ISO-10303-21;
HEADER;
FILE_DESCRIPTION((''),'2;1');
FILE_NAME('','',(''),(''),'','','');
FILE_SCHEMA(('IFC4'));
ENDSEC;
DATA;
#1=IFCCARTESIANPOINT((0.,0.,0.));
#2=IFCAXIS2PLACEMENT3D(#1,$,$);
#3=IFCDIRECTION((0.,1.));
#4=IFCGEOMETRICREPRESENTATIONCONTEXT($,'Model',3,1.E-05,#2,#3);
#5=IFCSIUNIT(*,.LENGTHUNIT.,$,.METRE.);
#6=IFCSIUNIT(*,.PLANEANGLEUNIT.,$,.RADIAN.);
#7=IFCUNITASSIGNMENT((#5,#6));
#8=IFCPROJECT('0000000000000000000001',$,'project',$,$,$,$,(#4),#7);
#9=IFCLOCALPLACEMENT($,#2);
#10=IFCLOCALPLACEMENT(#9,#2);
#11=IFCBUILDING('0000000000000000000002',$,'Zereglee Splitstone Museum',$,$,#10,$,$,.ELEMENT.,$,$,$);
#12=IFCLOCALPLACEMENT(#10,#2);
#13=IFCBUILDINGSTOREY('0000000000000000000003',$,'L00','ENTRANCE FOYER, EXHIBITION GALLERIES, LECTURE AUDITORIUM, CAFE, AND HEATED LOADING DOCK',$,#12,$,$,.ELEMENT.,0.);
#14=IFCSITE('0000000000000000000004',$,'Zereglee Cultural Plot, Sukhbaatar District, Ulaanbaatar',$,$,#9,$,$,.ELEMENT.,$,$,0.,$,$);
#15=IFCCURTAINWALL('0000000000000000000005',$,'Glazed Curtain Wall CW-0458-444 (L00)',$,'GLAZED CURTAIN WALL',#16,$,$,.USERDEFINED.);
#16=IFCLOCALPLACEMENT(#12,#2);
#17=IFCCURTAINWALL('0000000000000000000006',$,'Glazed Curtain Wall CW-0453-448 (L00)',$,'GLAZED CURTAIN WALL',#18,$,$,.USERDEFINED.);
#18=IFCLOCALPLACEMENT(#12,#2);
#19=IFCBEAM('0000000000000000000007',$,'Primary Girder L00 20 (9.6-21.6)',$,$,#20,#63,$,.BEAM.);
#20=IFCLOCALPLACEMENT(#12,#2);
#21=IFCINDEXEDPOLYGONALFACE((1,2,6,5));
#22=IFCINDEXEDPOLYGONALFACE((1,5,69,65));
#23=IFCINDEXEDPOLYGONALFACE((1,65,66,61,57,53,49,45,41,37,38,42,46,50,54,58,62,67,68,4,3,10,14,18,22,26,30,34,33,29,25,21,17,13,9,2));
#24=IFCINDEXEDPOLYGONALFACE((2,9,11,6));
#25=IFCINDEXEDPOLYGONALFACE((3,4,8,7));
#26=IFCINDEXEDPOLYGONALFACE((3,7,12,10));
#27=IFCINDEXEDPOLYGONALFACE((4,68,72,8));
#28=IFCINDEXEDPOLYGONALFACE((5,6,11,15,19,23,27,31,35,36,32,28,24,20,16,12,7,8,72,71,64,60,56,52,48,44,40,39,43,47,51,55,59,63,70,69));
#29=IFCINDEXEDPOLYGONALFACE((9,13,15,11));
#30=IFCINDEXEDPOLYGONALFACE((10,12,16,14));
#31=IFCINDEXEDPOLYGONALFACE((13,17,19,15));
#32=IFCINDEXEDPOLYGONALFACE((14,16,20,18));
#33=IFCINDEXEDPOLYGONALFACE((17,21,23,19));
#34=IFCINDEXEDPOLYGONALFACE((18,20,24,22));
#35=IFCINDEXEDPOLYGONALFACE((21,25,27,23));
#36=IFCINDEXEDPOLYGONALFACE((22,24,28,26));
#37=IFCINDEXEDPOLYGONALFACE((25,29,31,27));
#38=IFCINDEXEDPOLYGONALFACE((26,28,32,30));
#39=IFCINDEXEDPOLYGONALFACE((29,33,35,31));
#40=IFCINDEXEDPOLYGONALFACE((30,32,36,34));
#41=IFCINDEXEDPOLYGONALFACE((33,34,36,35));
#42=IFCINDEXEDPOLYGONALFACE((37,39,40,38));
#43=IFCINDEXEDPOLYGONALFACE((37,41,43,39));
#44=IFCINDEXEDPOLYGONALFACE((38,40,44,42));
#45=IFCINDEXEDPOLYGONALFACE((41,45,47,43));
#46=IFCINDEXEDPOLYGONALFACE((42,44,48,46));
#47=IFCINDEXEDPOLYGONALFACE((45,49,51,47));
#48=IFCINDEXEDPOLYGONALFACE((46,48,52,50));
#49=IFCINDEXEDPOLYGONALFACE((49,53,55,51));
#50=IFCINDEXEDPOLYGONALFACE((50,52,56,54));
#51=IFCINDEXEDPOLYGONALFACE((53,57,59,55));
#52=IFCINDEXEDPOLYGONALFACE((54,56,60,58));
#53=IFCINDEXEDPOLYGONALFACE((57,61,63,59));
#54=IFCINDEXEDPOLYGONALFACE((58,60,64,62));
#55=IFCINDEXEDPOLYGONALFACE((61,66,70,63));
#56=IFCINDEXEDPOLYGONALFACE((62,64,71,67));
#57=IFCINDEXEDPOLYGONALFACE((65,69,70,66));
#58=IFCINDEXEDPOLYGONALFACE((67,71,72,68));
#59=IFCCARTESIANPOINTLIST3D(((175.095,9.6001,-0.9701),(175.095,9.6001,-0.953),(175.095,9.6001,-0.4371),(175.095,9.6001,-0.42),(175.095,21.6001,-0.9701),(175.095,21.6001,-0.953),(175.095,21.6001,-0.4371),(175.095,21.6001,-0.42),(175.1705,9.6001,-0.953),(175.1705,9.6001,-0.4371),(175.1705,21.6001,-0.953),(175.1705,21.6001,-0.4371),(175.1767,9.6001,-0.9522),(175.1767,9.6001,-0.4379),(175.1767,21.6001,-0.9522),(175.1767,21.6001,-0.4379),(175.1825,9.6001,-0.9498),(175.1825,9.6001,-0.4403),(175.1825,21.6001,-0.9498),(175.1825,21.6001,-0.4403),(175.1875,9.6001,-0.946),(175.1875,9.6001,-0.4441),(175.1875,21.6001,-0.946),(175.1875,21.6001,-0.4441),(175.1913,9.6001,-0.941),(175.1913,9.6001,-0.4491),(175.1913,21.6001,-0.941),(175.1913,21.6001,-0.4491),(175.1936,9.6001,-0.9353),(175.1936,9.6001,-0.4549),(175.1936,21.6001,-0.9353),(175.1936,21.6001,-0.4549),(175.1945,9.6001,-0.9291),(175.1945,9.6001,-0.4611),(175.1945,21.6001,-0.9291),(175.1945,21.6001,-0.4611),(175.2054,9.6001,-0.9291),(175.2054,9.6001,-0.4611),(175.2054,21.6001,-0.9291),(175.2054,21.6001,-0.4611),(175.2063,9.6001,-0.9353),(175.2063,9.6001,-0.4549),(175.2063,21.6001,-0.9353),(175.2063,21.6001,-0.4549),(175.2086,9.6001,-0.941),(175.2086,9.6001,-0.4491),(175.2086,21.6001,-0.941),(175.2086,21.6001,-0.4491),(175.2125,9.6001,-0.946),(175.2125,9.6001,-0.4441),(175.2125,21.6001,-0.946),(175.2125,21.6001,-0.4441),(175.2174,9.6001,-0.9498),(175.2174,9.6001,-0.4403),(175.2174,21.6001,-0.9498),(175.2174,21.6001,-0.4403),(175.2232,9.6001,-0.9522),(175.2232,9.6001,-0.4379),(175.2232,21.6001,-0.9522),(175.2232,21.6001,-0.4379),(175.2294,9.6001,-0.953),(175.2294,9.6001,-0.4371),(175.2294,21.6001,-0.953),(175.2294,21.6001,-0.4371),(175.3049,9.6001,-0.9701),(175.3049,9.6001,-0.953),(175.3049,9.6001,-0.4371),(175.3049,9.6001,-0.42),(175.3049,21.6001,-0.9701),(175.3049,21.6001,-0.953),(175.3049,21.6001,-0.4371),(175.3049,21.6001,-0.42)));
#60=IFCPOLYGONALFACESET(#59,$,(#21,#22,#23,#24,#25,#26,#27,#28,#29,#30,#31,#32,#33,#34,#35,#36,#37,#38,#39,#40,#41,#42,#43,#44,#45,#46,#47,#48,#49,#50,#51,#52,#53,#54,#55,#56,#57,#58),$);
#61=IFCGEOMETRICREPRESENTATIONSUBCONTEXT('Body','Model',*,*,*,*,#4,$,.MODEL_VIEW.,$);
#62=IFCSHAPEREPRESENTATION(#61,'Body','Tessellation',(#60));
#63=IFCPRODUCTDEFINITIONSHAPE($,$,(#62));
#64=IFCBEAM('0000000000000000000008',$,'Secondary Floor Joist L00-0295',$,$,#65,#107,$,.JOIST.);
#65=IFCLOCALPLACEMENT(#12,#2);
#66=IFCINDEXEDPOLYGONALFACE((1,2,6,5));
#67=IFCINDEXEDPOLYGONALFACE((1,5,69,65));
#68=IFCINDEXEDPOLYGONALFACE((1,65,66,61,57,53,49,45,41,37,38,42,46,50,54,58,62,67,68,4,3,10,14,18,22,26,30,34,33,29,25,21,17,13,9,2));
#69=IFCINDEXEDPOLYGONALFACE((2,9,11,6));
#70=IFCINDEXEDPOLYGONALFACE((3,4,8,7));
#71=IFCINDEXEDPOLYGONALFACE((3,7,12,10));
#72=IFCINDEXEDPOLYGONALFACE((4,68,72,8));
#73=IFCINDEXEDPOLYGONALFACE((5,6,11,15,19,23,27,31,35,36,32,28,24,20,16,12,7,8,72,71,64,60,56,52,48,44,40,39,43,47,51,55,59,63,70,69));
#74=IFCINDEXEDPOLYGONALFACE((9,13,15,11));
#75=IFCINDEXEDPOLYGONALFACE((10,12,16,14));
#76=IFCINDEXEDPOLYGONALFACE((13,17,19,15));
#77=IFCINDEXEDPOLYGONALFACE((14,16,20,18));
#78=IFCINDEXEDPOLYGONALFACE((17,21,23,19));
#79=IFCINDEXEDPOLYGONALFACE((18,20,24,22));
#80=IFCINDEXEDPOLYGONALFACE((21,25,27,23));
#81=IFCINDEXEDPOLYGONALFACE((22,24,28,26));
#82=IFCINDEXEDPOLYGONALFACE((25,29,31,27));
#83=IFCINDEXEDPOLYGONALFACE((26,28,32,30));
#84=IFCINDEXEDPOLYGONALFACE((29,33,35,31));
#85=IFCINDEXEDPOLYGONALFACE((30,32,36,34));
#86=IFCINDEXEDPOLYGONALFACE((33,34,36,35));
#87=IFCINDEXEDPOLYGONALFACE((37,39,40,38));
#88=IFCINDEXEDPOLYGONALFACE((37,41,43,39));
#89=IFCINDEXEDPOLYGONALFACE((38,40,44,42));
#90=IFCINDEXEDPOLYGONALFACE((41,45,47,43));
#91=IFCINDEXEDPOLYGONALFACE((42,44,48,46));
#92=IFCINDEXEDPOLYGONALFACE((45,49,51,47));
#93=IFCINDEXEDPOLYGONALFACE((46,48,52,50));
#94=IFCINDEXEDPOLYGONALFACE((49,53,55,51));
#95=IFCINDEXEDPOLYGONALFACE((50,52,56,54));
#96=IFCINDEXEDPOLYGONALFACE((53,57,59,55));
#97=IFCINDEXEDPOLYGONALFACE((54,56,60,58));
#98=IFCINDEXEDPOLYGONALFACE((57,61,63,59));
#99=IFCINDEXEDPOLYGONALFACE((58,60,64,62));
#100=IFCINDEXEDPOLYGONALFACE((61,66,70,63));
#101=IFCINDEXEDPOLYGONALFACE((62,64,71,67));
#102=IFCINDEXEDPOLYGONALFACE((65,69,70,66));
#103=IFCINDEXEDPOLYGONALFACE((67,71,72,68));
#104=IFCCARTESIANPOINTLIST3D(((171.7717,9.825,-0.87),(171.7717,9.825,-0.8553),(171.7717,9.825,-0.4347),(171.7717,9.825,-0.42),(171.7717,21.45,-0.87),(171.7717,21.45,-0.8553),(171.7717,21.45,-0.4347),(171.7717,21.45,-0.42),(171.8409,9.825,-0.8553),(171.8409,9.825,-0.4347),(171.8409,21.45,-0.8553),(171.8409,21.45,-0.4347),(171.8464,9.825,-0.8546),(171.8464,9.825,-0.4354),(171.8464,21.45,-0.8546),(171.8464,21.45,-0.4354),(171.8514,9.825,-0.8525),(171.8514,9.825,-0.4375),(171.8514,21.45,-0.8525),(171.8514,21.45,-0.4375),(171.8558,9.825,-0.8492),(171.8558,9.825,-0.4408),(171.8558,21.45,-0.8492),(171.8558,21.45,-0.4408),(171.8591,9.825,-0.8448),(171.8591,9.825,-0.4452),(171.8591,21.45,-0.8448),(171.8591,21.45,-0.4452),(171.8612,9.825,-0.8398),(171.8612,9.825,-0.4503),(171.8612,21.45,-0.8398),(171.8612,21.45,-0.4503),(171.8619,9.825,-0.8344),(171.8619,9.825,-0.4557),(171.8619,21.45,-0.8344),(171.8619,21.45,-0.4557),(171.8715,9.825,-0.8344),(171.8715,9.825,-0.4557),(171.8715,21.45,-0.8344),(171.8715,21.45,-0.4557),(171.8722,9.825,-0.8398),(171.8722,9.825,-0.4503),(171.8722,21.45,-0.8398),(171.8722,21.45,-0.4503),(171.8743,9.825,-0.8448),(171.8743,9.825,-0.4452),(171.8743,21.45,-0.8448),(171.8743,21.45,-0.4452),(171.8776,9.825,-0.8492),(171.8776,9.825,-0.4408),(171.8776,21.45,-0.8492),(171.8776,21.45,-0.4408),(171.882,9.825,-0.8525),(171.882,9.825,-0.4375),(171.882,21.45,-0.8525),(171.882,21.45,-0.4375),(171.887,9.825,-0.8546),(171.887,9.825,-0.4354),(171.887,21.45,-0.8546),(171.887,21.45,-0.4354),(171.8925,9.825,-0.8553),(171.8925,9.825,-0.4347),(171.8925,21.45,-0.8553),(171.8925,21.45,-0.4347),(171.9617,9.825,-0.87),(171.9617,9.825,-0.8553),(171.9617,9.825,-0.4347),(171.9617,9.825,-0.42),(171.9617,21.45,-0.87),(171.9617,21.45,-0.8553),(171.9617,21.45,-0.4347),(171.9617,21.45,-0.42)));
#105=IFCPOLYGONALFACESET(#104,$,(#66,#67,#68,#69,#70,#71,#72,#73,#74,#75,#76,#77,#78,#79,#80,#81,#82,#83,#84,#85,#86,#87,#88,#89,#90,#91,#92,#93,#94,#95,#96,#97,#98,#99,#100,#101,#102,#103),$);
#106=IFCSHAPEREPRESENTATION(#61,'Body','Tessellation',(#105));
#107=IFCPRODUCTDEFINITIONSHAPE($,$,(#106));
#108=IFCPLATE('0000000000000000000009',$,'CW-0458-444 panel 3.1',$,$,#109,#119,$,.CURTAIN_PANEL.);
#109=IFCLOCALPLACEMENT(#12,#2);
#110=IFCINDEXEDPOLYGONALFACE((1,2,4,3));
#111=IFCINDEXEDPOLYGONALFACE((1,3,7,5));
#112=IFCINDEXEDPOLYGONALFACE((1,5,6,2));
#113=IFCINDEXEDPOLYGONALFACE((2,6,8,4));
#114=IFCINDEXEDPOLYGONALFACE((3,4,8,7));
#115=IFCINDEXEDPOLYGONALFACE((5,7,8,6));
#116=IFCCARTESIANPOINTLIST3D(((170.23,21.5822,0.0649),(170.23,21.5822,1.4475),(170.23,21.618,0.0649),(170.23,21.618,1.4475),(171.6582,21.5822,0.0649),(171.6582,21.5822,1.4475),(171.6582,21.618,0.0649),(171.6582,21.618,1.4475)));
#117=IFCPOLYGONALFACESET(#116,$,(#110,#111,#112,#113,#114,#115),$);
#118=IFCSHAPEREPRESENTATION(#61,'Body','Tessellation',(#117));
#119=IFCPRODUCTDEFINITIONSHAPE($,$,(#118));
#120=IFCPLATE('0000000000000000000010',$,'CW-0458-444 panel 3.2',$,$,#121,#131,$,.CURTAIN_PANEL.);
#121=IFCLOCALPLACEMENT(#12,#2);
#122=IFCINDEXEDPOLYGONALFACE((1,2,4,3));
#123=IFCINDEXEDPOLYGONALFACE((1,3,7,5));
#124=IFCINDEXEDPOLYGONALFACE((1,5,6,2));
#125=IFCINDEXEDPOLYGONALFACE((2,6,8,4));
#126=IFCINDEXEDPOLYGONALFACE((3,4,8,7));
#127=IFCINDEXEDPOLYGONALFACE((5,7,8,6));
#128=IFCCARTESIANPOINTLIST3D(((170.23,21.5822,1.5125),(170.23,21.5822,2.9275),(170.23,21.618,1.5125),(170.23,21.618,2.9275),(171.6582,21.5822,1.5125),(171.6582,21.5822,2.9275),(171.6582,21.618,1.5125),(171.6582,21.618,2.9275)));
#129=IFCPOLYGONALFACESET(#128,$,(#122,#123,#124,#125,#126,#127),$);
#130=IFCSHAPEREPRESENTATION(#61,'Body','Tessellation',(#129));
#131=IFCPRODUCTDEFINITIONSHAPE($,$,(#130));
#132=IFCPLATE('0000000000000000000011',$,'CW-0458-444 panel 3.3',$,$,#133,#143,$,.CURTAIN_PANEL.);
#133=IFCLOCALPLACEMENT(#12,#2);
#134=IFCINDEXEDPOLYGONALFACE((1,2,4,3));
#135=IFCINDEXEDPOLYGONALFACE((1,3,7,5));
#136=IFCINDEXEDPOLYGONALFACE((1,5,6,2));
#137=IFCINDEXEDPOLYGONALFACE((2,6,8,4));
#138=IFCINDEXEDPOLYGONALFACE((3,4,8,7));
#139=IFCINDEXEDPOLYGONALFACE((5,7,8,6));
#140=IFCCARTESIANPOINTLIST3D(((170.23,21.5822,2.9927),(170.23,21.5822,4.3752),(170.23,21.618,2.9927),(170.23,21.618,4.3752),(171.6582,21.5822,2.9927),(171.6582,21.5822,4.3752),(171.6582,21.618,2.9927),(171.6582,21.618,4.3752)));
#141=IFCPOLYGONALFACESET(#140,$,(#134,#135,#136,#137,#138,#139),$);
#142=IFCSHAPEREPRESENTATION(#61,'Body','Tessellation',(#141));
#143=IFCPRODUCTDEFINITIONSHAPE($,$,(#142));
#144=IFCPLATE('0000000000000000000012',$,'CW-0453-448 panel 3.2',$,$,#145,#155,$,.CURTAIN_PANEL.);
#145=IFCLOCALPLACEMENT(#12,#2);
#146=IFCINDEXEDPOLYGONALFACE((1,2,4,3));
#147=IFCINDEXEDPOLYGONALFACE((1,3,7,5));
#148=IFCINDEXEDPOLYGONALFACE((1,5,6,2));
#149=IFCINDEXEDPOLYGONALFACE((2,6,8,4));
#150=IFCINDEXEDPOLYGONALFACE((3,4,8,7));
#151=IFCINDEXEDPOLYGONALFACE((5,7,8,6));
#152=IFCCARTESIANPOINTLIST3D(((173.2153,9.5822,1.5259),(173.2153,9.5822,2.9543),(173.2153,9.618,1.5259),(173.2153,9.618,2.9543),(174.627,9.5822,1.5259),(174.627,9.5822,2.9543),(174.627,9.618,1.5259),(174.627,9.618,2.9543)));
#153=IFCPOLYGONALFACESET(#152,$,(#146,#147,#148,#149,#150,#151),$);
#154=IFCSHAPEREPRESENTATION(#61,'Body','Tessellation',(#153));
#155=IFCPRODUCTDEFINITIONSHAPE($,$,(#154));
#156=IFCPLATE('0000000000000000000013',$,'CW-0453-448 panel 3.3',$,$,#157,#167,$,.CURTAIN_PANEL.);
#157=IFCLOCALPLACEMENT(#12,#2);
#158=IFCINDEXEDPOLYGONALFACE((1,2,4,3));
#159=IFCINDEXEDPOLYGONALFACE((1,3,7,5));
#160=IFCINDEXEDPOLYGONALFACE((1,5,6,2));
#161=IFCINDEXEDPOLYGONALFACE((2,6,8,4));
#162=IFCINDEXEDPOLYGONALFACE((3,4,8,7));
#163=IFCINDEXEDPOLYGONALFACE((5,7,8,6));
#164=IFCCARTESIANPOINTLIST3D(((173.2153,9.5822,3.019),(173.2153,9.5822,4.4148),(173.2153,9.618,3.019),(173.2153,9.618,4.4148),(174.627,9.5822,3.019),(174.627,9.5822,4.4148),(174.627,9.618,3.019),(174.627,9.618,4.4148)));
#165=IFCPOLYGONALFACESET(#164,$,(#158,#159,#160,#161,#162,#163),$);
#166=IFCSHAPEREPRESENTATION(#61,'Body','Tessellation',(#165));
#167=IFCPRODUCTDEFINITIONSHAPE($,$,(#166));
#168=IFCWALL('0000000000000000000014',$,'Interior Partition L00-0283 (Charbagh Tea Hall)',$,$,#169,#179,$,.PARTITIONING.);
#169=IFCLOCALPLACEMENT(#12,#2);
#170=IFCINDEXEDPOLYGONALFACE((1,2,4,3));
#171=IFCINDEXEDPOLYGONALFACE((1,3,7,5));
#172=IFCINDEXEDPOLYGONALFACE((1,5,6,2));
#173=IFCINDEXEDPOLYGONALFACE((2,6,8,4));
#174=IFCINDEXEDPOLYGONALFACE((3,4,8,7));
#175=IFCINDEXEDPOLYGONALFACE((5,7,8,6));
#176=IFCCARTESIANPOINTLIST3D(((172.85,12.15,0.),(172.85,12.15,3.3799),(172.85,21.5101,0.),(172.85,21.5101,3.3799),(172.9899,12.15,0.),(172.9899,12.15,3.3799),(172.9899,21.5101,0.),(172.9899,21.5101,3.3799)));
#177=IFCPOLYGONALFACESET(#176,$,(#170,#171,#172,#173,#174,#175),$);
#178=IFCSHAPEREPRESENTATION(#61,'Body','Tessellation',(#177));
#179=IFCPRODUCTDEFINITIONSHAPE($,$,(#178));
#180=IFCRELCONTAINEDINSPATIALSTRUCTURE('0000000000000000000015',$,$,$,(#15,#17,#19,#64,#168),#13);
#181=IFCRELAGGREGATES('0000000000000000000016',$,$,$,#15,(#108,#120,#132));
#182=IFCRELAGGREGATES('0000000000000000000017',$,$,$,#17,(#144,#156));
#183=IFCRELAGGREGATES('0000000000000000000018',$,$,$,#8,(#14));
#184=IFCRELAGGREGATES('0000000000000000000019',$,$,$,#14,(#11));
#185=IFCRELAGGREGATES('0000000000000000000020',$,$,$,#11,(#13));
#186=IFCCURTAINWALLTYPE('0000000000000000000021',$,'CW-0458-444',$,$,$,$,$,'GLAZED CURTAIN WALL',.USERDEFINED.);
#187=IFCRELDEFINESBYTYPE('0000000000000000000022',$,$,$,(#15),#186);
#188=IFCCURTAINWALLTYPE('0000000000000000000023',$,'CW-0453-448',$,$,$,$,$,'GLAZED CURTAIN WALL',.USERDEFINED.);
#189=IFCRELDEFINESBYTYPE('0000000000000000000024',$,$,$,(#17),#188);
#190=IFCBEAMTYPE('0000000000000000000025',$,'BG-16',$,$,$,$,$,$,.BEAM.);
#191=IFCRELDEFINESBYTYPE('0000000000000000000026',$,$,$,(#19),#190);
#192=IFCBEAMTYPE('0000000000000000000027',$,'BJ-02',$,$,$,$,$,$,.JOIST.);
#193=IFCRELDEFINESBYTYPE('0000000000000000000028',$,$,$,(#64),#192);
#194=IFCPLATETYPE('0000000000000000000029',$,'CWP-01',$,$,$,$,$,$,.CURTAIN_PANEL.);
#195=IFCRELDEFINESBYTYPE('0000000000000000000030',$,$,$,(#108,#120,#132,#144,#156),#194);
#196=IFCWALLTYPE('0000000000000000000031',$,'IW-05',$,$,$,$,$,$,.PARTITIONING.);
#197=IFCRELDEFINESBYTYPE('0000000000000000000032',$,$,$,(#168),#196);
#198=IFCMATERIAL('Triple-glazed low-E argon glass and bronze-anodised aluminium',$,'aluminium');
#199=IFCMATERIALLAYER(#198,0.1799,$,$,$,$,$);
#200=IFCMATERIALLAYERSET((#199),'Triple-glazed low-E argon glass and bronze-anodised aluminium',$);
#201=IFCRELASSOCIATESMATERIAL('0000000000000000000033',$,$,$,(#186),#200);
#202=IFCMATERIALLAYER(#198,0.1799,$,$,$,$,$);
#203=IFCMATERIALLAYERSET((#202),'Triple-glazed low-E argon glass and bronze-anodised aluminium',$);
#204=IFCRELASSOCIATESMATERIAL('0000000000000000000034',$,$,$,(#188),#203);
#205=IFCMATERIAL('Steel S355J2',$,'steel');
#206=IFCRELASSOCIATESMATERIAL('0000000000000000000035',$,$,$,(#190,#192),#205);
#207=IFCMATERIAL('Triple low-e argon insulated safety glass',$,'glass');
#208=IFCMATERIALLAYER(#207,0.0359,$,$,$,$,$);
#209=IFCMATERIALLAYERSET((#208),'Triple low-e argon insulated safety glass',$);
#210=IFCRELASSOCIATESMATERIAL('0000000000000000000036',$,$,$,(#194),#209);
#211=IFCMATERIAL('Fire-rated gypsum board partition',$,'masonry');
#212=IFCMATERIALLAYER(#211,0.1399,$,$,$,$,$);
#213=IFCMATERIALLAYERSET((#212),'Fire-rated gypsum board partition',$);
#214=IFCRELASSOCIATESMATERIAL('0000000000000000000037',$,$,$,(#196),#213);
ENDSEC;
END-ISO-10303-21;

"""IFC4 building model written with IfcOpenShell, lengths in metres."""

from ifc_helpers import new_model, si_unit, direction, frame, frame_2d, origin, origin_2d, place, context, subcontext, project, spatial, rectangle, i_section, extrude, material, layer, layer_set, material_profile, profile_set, type_object, element, aggregate, save


model = new_model("IFC4")

# Units and contexts
model_context = context("Model", 3, precision=1e-05, world=origin(), true_north=direction((0.0, 1.0)))
body_context = subcontext(model_context, "Body", "Model", "MODEL_VIEW")
ifc_project = project(units=[si_unit("LENGTHUNIT", "METRE"), si_unit("PLANEANGLEUNIT", "RADIAN")], contexts=[model_context])

# Site, building, storey
site_placement = place(None, origin())
site = spatial("IfcSite", under=ifc_project, at=site_placement, Name="Zereglee Cultural Plot, Sukhbaatar District, Ulaanbaatar", CompositionType="ELEMENT", RefElevation=0.0)
building_placement = place(site_placement, origin())
building = spatial("IfcBuilding", under=site, at=building_placement, Name="Zereglee Splitstone Museum", CompositionType="ELEMENT")
storey_placement = place(building_placement, origin())
storey = spatial("IfcBuildingStorey", under=building, at=storey_placement, Name="L00", Description="ENTRANCE FOYER, EXHIBITION GALLERIES, LECTURE AUDITORIUM, CAFE, AND HEATED LOADING DOCK", CompositionType="ELEMENT", Elevation=0.0)

# Curtain walls
ifc_material_1 = material(Name="Triple-glazed low-E argon glass and bronze-anodised aluminium", Category="aluminium")
ifc_layer_1 = layer(ifc_material_1, 0.1799)
ifc_layer_set_1 = layer_set([ifc_layer_1], Name="Triple-glazed low-E argon glass and bronze-anodised aluminium")
curtain_wall_type_1 = type_object("IfcCurtainWallType", Name="CW-0458-444", ElementType="GLAZED CURTAIN WALL", PredefinedType="USERDEFINED", material=ifc_layer_set_1)
curtain_wall_1_placement = place(storey_placement, origin())
curtain_wall_1 = element("IfcCurtainWall", 1, at=curtain_wall_1_placement, inside=storey, type_object=curtain_wall_type_1, Name="Glazed Curtain Wall CW-0458-444 (L00)", ObjectType="GLAZED CURTAIN WALL", PredefinedType="USERDEFINED")
ifc_layer_2 = layer(ifc_material_1, 0.1799)
ifc_layer_set_2 = layer_set([ifc_layer_2], Name="Triple-glazed low-E argon glass and bronze-anodised aluminium")
curtain_wall_type_2 = type_object("IfcCurtainWallType", Name="CW-0453-448", ElementType="GLAZED CURTAIN WALL", PredefinedType="USERDEFINED", material=ifc_layer_set_2)
curtain_wall_2_placement = place(storey_placement, origin())
curtain_wall_2 = element("IfcCurtainWall", 2, at=curtain_wall_2_placement, inside=storey, type_object=curtain_wall_type_2, Name="Glazed Curtain Wall CW-0453-448 (L00)", ObjectType="GLAZED CURTAIN WALL", PredefinedType="USERDEFINED")

# Beams
ifc_material_2 = material(Name="Steel S355J2", Category="steel")
ifc_material_profile_1 = material_profile(ifc_material_2, i_section(OverallWidth=0.21, OverallDepth=0.55, WebThickness=0.011, FlangeThickness=0.0171, FilletRadius=0.0239, at=origin_2d()), Name="IPE 550")
ifc_profile_set_1 = profile_set([ifc_material_profile_1], Name="Steel S355J2")
beam_type_1 = type_object("IfcBeamType", Name="BG-16", PredefinedType="BEAM", material=ifc_profile_set_1)
beam_1_placement = place(storey_placement, frame((175.2, 9.6001, -0.6951), z_axis=(0.0, 1.0, 0.0), x_axis=(-1.0, 0.0, 0.0)))
element("IfcBeam", 3, at=beam_1_placement, inside=storey, type_object=beam_type_1, Name="Primary Girder L00 20 (9.6-21.6)", PredefinedType="BEAM", context=body_context, shape_type="SweptSolid", body=[
    extrude(i_section(OverallWidth=0.21, OverallDepth=0.55, WebThickness=0.011, FlangeThickness=0.0171, FilletRadius=0.0239, at=origin_2d()), origin(), (0.0, 0.0, 1.0), 12.0),
])
ifc_material_profile_2 = material_profile(ifc_material_2, i_section(OverallWidth=0.1899, OverallDepth=0.45, WebThickness=0.0095, FlangeThickness=0.0146, FilletRadius=0.021, at=origin_2d()), Name="IPE 450")
ifc_profile_set_2 = profile_set([ifc_material_profile_2], Name="Steel S355J2")
beam_type_2 = type_object("IfcBeamType", Name="BJ-02", PredefinedType="JOIST", material=ifc_profile_set_2)
beam_2_placement = place(storey_placement, frame((171.8667, 9.825, -0.645), z_axis=(0.0, 1.0, 0.0), x_axis=(-1.0, 0.0, 0.0)))
element("IfcBeam", 4, at=beam_2_placement, inside=storey, type_object=beam_type_2, Name="Secondary Floor Joist L00-0295", PredefinedType="JOIST", context=body_context, shape_type="SweptSolid", body=[
    extrude(i_section(OverallWidth=0.1899, OverallDepth=0.45, WebThickness=0.0095, FlangeThickness=0.0146, FilletRadius=0.021, at=origin_2d()), origin(), (0.0, 0.0, 1.0), 11.625),
])

# Plates
ifc_material_3 = material(Name="Triple low-e argon insulated safety glass", Category="glass")
ifc_layer_3 = layer(ifc_material_3, 0.0359)
ifc_layer_set_3 = layer_set([ifc_layer_3], Name="Triple low-e argon insulated safety glass")
plate_type = type_object("IfcPlateType", Name="CWP-01", PredefinedType="CURTAIN_PANEL", material=ifc_layer_set_3)
plate_1_placement = place(storey_placement, frame((170.9441, 21.6001, 0.0649), z_axis=(0.0, 0.0, 1.0), x_axis=(-1.0, 0.0, 0.0)))
plate_1 = element("IfcPlate", 5, at=plate_1_placement, type_object=plate_type, Name="CW-0458-444 panel 3.1", PredefinedType="CURTAIN_PANEL", context=body_context, shape_type="SweptSolid", body=[
    extrude(rectangle(XDim=1.4282, YDim=0.0359, at=origin_2d()), origin(), (0.0, 0.0, 1.0), 1.3826),
])
plate_2_placement = place(storey_placement, frame((170.9441, 21.6001, 1.5125), z_axis=(0.0, 0.0, 1.0), x_axis=(-1.0, 0.0, 0.0)))
plate_2 = element("IfcPlate", 6, at=plate_2_placement, type_object=plate_type, Name="CW-0458-444 panel 3.2", PredefinedType="CURTAIN_PANEL", context=body_context, shape_type="SweptSolid", body=[
    extrude(rectangle(XDim=1.4282, YDim=0.0359, at=origin_2d()), origin(), (0.0, 0.0, 1.0), 1.415),
])
plate_3_placement = place(storey_placement, frame((170.9441, 21.6001, 2.9927), z_axis=(0.0, 0.0, 1.0), x_axis=(-1.0, 0.0, 0.0)))
plate_3 = element("IfcPlate", 7, at=plate_3_placement, type_object=plate_type, Name="CW-0458-444 panel 3.3", PredefinedType="CURTAIN_PANEL", context=body_context, shape_type="SweptSolid", body=[
    extrude(rectangle(XDim=1.4282, YDim=0.0359, at=origin_2d()), origin(), (0.0, 0.0, 1.0), 1.3826),
])
aggregate(curtain_wall_1, [plate_1, plate_2, plate_3])
plate_4_placement = place(storey_placement, frame((173.9211, 9.6001, 1.5259), z_axis=(0.0, 0.0, 1.0), x_axis=(1.0, 0.0, 0.0)))
plate_4 = element("IfcPlate", 8, at=plate_4_placement, type_object=plate_type, Name="CW-0453-448 panel 3.2", PredefinedType="CURTAIN_PANEL", context=body_context, shape_type="SweptSolid", body=[
    extrude(rectangle(XDim=1.4116, YDim=0.0359, at=origin_2d()), origin(), (0.0, 0.0, 1.0), 1.4285),
])
plate_5_placement = place(storey_placement, frame((173.9211, 9.6001, 3.019), z_axis=(0.0, 0.0, 1.0), x_axis=(1.0, 0.0, 0.0)))
plate_5 = element("IfcPlate", 9, at=plate_5_placement, type_object=plate_type, Name="CW-0453-448 panel 3.3", PredefinedType="CURTAIN_PANEL", context=body_context, shape_type="SweptSolid", body=[
    extrude(rectangle(XDim=1.4116, YDim=0.0359, at=origin_2d()), origin(), (0.0, 0.0, 1.0), 1.3958),
])
aggregate(curtain_wall_2, [plate_4, plate_5])

# Wall
ifc_material_4 = material(Name="Fire-rated gypsum board partition", Category="masonry")
ifc_layer_4 = layer(ifc_material_4, 0.1399)
ifc_layer_set_4 = layer_set([ifc_layer_4], Name="Fire-rated gypsum board partition")
wall_type = type_object("IfcWallType", Name="IW-05", PredefinedType="PARTITIONING", material=ifc_layer_set_4)
wall_placement = place(storey_placement, frame((172.9199, 12.1499, 0.0), z_axis=(0.0, 0.0, 1.0), x_axis=(0.0, 1.0, 0.0)))
element("IfcWall", 10, at=wall_placement, inside=storey, type_object=wall_type, Name="Interior Partition L00-0283 (Charbagh Tea Hall)", PredefinedType="PARTITIONING", context=body_context, shape_type="SweptSolid", body=[
    extrude(rectangle(XDim=9.3601, YDim=0.1399, at=frame_2d((4.6802, 0.0))), origin(), (0.0, 0.0, 1.0), 3.3799),
])

save(model, "model.ifc")
